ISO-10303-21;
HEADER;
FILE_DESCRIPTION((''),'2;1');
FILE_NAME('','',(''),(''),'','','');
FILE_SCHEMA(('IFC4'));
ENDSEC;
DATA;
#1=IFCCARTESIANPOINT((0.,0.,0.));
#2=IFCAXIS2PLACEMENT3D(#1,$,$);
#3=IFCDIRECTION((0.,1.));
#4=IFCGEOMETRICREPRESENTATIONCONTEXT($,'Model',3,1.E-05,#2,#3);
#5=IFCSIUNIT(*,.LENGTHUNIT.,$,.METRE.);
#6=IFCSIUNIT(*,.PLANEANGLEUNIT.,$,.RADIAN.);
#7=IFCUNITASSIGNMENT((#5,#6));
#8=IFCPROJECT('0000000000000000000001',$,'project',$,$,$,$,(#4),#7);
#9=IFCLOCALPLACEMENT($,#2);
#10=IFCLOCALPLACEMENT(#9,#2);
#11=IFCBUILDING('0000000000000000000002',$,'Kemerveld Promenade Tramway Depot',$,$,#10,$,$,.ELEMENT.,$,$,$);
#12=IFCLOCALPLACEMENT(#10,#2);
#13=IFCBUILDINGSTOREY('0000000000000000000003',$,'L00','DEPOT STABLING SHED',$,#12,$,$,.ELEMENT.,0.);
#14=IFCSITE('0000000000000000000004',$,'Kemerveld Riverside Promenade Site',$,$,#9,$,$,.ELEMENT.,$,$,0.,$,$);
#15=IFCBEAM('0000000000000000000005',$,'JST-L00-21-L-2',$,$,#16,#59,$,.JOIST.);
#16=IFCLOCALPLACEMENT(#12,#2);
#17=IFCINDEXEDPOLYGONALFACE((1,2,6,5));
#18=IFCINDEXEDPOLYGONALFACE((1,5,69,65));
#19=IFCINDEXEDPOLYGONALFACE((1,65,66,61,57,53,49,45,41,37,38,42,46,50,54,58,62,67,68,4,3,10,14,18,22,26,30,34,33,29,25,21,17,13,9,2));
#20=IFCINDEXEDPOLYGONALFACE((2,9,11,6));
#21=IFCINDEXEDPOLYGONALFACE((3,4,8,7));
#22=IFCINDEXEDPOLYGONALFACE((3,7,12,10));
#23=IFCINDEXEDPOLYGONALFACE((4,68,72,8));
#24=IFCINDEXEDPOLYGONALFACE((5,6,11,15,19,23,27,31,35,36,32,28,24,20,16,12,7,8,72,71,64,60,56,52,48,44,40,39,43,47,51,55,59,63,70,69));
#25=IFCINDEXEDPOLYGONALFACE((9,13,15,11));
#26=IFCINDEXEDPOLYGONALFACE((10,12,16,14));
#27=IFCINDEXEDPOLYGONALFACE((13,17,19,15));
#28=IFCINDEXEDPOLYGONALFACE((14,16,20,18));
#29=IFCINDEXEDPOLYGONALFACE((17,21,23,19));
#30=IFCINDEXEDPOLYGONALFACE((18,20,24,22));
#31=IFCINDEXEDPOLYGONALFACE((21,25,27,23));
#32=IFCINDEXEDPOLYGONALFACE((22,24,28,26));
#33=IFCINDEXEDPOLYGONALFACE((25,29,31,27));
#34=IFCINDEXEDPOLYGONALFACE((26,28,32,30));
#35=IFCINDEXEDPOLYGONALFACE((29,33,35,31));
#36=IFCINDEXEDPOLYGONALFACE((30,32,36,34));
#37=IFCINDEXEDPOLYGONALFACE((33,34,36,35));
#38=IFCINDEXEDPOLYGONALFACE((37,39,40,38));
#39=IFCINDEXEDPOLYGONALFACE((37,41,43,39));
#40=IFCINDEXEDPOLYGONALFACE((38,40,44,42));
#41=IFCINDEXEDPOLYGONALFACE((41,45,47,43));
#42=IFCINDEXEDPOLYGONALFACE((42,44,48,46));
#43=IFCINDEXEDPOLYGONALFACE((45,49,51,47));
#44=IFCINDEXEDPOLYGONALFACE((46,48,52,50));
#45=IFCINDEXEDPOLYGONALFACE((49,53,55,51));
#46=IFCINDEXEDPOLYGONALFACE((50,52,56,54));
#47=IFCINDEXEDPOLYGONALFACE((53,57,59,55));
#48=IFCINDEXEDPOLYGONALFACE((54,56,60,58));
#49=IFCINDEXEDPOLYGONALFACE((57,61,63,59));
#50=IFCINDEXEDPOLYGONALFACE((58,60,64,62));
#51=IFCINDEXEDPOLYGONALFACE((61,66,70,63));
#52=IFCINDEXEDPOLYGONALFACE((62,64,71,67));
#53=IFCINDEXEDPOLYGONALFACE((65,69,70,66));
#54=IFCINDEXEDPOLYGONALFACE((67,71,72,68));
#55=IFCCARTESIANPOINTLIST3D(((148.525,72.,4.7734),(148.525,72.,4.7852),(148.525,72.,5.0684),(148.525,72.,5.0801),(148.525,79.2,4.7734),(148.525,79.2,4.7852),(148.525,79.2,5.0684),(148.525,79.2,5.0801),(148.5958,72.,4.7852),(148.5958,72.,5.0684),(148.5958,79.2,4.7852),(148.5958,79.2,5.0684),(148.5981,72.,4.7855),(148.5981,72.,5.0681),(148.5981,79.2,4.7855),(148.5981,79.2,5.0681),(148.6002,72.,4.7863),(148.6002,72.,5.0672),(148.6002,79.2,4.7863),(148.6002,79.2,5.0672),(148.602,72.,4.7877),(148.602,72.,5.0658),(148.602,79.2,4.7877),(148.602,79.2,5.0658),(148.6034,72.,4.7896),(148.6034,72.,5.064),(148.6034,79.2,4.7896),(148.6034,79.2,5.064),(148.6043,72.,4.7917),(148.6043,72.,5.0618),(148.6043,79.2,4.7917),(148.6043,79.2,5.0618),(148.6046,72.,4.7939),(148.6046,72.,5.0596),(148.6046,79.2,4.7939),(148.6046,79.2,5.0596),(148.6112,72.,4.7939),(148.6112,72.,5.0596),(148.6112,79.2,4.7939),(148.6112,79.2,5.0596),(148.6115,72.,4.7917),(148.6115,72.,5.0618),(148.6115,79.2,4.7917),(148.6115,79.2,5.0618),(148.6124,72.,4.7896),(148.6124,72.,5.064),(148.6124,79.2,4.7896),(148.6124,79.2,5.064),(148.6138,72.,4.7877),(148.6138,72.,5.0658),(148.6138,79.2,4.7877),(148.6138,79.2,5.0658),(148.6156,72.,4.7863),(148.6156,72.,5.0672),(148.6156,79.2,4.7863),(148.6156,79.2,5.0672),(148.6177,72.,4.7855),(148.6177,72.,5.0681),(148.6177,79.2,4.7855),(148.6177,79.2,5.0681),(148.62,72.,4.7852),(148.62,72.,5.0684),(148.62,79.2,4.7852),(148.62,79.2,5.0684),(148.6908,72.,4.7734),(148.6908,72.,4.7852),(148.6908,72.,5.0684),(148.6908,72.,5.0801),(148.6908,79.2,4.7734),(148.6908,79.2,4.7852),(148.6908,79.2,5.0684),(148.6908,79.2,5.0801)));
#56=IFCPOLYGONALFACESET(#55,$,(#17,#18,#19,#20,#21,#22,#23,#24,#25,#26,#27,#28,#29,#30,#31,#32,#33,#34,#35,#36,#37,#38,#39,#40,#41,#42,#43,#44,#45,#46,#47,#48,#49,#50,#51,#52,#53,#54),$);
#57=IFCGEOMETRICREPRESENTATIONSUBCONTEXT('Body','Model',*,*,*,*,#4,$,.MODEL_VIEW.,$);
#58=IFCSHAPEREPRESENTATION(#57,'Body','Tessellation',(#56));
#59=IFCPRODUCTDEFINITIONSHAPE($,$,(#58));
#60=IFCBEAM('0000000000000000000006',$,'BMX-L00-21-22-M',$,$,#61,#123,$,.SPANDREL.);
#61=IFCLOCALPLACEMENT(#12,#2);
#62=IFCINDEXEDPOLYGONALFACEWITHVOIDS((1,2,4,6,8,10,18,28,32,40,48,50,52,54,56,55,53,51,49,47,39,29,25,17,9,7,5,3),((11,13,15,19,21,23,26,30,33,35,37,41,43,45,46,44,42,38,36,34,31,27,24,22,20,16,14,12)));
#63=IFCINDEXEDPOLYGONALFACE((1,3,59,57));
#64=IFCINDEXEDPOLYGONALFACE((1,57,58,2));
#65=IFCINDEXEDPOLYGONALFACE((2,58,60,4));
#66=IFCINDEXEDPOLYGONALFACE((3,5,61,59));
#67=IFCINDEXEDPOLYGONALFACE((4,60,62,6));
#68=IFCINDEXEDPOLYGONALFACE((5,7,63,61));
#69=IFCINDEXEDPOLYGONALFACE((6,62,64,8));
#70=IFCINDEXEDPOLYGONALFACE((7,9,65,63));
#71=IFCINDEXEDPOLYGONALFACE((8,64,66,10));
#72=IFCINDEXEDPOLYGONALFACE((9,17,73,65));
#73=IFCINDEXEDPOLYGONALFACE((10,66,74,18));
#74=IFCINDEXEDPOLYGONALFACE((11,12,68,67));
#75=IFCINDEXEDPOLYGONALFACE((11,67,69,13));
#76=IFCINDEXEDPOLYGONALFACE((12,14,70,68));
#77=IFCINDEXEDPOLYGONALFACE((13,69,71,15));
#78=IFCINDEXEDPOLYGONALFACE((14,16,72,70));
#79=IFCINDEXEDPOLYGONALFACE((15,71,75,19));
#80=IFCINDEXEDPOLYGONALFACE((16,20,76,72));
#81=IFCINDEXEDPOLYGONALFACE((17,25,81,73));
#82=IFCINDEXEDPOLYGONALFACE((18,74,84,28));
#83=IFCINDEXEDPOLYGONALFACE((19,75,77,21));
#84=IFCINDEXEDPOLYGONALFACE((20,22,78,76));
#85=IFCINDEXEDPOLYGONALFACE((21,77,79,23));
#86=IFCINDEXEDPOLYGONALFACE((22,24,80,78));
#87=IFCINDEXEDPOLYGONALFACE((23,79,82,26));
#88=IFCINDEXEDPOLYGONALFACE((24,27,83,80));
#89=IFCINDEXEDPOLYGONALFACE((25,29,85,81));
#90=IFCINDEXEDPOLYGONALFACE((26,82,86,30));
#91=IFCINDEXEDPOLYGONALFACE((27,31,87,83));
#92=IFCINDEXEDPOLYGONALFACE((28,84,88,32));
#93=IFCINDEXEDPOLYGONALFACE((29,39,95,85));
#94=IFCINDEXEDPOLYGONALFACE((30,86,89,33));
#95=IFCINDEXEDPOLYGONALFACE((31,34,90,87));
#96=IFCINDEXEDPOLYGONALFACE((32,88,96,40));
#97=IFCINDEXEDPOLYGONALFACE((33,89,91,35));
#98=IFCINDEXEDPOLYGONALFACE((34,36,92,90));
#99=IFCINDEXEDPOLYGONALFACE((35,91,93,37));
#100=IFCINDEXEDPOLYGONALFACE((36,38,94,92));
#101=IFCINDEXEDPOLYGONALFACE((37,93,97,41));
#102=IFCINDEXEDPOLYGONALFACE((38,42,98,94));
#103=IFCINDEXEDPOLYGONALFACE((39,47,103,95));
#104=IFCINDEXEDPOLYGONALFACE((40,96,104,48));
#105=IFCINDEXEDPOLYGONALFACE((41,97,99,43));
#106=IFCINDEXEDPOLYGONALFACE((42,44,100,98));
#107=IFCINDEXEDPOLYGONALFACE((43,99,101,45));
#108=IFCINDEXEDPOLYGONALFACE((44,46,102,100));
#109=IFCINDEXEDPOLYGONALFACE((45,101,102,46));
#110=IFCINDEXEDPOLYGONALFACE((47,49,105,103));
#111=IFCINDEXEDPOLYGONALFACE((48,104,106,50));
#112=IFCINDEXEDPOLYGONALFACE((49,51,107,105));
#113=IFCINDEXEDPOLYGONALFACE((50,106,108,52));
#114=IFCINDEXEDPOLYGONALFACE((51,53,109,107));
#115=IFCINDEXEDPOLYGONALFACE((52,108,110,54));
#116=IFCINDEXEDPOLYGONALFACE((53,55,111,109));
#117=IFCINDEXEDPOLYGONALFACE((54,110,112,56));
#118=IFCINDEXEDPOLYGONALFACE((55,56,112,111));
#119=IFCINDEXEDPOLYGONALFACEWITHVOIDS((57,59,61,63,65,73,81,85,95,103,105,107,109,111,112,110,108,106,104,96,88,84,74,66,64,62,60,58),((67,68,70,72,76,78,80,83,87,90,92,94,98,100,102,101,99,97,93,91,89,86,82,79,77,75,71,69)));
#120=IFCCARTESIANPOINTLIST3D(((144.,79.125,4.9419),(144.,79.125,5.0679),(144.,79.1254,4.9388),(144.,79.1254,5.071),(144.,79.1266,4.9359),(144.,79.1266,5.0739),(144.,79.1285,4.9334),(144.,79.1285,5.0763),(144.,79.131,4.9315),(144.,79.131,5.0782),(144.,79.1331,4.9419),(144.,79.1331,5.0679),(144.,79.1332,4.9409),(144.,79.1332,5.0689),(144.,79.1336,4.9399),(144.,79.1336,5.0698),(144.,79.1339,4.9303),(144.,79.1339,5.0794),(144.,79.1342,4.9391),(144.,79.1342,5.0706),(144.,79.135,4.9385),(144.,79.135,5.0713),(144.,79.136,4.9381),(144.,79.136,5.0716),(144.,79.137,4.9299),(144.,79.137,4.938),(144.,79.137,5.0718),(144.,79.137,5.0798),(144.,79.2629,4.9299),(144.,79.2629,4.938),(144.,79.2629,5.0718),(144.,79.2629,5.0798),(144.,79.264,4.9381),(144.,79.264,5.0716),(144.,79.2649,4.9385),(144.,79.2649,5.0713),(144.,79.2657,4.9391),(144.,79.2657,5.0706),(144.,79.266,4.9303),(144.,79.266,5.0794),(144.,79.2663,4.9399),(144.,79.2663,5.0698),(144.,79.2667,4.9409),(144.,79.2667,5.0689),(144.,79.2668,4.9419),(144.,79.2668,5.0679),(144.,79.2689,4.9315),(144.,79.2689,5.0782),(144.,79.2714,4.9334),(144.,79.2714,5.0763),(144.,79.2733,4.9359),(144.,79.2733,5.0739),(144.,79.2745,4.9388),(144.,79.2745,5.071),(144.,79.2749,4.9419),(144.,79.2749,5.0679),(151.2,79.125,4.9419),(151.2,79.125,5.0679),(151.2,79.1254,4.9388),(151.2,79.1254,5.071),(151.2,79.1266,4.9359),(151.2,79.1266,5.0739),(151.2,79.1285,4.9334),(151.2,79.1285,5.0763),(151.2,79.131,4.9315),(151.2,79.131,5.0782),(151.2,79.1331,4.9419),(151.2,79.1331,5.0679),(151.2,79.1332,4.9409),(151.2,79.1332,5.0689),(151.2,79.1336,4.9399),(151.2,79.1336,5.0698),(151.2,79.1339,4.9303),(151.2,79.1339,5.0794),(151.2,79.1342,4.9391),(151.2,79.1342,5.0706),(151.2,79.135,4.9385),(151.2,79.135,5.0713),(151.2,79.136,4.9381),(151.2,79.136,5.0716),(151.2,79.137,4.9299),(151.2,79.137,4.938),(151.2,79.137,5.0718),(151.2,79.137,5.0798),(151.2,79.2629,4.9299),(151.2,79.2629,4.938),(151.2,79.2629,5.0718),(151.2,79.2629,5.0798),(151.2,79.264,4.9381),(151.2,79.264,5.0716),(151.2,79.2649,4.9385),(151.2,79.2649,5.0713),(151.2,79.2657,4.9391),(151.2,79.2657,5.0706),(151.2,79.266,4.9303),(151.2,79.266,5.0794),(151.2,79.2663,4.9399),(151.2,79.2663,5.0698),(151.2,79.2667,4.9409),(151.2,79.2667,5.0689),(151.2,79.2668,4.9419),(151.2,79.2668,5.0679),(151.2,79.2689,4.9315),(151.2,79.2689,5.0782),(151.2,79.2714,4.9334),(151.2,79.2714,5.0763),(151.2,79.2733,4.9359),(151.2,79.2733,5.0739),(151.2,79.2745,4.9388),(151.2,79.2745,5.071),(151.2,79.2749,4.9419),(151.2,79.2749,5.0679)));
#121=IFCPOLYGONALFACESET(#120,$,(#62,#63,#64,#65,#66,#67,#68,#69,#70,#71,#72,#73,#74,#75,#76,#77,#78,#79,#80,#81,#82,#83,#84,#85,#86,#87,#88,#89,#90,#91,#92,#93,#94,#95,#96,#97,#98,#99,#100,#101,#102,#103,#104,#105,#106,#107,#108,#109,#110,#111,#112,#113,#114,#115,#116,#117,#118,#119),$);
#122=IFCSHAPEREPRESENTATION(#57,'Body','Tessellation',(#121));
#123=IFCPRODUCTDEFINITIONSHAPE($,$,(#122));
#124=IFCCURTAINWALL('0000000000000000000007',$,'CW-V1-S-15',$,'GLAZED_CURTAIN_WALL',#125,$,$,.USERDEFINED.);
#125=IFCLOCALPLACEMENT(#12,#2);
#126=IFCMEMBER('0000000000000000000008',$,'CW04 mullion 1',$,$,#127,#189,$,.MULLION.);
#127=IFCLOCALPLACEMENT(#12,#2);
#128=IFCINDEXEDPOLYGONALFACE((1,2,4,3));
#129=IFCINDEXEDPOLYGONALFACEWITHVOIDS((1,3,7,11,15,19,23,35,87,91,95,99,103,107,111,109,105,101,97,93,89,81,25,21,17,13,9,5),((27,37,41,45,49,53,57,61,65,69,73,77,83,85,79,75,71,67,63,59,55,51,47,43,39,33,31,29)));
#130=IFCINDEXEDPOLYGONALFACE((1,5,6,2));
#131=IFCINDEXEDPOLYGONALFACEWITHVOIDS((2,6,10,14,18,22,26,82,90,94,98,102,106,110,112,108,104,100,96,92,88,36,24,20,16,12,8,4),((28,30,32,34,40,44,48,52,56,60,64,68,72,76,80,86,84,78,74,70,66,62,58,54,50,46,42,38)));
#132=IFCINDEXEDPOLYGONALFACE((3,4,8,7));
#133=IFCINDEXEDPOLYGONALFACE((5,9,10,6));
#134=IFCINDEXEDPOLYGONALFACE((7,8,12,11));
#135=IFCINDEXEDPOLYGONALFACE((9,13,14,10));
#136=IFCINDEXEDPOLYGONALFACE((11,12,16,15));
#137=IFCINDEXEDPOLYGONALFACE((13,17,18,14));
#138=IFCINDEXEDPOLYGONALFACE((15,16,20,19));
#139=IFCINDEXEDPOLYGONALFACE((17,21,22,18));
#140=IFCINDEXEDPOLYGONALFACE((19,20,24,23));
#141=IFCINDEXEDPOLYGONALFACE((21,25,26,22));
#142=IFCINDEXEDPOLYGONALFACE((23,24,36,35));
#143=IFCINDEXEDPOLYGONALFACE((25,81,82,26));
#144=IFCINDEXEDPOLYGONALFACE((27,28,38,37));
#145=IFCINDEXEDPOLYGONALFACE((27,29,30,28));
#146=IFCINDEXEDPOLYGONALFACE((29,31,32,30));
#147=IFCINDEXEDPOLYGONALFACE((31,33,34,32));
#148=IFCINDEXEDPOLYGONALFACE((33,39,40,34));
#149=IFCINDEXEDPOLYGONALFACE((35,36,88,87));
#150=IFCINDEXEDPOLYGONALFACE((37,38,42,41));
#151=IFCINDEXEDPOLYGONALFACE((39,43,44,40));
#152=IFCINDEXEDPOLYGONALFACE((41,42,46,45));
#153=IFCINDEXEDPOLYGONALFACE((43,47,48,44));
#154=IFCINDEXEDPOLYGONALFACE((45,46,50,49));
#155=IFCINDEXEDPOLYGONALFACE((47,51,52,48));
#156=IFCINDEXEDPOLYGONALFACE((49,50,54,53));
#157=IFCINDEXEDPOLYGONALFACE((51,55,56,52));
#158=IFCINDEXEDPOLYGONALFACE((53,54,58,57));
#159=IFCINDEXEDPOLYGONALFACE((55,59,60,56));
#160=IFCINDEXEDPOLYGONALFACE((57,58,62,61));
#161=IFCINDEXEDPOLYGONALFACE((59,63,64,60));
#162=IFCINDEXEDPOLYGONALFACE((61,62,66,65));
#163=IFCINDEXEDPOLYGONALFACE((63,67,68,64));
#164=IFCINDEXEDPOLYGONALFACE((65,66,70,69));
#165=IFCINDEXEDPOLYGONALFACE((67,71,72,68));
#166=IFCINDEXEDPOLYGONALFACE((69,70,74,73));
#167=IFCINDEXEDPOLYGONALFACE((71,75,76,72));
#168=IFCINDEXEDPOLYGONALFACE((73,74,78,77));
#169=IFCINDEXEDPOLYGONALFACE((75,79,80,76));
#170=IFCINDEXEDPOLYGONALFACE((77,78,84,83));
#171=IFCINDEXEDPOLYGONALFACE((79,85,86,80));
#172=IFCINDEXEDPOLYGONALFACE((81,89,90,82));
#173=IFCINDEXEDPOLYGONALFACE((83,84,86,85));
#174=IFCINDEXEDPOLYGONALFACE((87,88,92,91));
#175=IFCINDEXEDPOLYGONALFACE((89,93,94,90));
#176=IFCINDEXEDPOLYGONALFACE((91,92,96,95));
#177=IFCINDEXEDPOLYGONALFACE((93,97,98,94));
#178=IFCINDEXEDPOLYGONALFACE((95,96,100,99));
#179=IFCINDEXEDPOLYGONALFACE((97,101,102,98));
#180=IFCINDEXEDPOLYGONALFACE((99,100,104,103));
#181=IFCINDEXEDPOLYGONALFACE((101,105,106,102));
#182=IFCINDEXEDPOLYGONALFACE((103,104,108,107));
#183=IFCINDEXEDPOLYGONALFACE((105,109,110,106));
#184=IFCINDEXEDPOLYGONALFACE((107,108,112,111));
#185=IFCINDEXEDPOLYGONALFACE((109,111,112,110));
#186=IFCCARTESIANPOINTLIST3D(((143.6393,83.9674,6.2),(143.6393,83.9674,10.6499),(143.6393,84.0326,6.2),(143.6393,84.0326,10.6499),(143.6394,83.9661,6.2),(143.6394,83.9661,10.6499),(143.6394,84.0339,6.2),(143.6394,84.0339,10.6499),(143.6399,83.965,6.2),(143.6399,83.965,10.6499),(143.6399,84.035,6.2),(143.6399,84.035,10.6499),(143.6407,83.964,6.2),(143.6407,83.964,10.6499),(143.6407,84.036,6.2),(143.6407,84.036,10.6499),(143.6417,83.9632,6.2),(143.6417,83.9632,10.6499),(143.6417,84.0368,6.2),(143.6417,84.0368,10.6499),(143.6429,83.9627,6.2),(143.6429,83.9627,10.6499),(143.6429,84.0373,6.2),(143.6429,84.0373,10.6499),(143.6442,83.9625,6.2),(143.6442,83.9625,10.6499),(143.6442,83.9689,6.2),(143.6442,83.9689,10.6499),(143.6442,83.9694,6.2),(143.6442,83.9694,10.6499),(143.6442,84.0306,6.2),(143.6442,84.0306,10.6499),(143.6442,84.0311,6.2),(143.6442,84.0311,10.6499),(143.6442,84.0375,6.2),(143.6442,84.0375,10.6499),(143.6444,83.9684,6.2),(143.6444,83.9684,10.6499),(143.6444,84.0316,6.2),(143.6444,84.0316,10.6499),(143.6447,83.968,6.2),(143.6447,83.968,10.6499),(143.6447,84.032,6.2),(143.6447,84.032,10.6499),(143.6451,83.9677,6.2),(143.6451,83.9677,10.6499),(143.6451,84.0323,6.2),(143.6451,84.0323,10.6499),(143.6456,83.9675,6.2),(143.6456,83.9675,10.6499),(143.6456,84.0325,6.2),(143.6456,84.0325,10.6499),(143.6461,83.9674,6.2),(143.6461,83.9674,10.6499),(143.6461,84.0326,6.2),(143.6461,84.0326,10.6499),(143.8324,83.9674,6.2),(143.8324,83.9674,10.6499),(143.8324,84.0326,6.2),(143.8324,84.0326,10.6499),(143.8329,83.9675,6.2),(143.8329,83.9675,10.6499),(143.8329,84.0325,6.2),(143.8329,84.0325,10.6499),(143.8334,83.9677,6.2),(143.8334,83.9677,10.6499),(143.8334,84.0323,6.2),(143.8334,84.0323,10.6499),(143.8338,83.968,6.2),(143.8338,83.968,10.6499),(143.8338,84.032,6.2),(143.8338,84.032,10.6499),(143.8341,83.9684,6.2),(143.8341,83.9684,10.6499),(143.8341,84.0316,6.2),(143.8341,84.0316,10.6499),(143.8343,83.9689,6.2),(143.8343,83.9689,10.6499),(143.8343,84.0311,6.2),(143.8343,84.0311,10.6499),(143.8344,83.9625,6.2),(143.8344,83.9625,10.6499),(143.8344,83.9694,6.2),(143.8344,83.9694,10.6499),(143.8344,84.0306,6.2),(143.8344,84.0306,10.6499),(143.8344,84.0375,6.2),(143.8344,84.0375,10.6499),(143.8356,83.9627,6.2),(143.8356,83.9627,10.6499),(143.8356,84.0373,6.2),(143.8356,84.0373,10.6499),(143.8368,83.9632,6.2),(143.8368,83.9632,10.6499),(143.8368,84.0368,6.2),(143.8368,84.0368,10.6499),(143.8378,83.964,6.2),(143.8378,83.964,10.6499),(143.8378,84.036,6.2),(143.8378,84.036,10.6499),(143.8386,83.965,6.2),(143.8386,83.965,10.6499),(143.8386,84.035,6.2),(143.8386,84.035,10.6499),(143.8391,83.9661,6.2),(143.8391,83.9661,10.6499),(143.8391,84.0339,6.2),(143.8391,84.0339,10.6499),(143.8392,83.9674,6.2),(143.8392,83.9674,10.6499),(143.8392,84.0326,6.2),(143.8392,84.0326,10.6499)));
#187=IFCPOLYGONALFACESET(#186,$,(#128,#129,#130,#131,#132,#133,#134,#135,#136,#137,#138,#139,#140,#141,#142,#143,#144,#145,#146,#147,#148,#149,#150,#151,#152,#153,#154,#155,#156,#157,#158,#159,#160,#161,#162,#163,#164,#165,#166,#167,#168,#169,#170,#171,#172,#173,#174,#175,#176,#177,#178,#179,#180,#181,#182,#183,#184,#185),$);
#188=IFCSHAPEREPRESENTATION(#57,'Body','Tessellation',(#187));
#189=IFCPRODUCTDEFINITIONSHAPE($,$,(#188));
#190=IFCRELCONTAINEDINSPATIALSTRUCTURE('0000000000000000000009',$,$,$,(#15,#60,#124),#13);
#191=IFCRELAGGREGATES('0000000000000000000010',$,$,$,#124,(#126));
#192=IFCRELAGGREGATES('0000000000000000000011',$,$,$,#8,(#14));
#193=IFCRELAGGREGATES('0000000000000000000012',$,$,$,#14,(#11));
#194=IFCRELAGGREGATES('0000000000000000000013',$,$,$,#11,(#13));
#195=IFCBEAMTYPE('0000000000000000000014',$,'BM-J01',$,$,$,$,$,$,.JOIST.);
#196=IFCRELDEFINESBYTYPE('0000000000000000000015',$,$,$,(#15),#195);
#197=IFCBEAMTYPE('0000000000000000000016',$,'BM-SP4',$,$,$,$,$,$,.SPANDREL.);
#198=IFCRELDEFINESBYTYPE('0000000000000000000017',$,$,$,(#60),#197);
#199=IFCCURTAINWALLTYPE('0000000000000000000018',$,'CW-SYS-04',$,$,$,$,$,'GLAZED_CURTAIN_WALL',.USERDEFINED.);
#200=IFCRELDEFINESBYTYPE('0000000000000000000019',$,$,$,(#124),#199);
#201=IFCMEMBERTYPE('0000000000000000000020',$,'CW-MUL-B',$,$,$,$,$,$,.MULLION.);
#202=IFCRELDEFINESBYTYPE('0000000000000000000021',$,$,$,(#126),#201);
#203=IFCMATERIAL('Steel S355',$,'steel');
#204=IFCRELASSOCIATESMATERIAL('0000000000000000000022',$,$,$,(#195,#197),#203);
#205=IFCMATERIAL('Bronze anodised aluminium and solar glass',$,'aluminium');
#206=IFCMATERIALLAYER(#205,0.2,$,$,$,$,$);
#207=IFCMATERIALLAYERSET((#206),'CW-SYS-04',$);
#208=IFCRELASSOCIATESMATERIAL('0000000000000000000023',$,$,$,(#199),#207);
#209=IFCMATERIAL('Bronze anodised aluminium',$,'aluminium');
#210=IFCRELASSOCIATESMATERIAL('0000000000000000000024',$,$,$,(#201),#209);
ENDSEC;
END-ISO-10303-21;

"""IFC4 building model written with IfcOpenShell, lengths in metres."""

from ifc_helpers import new_model, si_unit, direction, frame, origin, origin_2d, place, context, subcontext, project, spatial, hollow_rectangle, i_section, extrude, material, layer, layer_set, material_profile, profile_set, type_object, element, aggregate, save


model = new_model("IFC4")

# Units and contexts
model_context = context("Model", 3, precision=1e-05, world=origin(), true_north=direction((0.0, 1.0)))
body_context = subcontext(model_context, "Body", "Model", "MODEL_VIEW")
ifc_project = project(units=[si_unit("LENGTHUNIT", "METRE"), si_unit("PLANEANGLEUNIT", "RADIAN")], contexts=[model_context])

# Site, building, storey
site_placement = place(None, origin())
site = spatial("IfcSite", under=ifc_project, at=site_placement, Name="Kemerveld Riverside Promenade Site", CompositionType="ELEMENT", RefElevation=0.0)
building_placement = place(site_placement, origin())
building = spatial("IfcBuilding", under=site, at=building_placement, Name="Kemerveld Promenade Tramway Depot", CompositionType="ELEMENT")
storey_placement = place(building_placement, origin())
storey = spatial("IfcBuildingStorey", under=building, at=storey_placement, Name="L00", Description="DEPOT STABLING SHED", CompositionType="ELEMENT", Elevation=0.0)

# Shared definitions
ifc_material_1 = material(Name="Steel S355", Category="steel")

# Beams
ifc_material_profile_1 = material_profile(ifc_material_1, i_section(OverallWidth=0.1658, OverallDepth=0.3066, WebThickness=0.0066, FlangeThickness=0.0117, FilletRadius=0.0088, at=origin_2d()), Name="305x165x46 UB")
ifc_profile_set_1 = profile_set([ifc_material_profile_1], Name="Steel S355")
beam_type_1 = type_object("IfcBeamType", Name="BM-J01", PredefinedType="JOIST", material=ifc_profile_set_1)
for number, where, z_axis, x_axis, name in (
    (1, (148.6079, 72.0, 4.9268), (0.0, 1.0, 0.0), (-1.0, 0.0, 0.0), "JST-L00-21-L-2"),
):
    element("IfcBeam", number, at=place(storey_placement, frame(where, z_axis=z_axis, x_axis=x_axis)), inside=storey, type_object=beam_type_1, Name=name, PredefinedType="JOIST", context=body_context, shape_type="SweptSolid", body=[
        extrude(i_section(OverallWidth=0.1658, OverallDepth=0.3066, WebThickness=0.0066, FlangeThickness=0.0117, FilletRadius=0.0088, at=origin_2d()), origin(), (0.0, 0.0, 1.0), 7.2),
    ])
ifc_material_profile_2 = material_profile(ifc_material_1, hollow_rectangle(XDim=0.1499, YDim=0.1499, WallThickness=0.0081, InnerFilletRadius=0.0039, OuterFilletRadius=0.012, at=origin_2d()), Name="150x150x8.0 SHS")
ifc_profile_set_2 = profile_set([ifc_material_profile_2], Name="Steel S355")
beam_type_2 = type_object("IfcBeamType", Name="BM-SP4", PredefinedType="SPANDREL", material=ifc_profile_set_2)
beam_1_placement = place(storey_placement, frame((144.0, 79.2, 5.0049), z_axis=(1.0, 0.0, 0.0), x_axis=(0.0, 1.0, 0.0)))
element("IfcBeam", 2, at=beam_1_placement, inside=storey, type_object=beam_type_2, Name="BMX-L00-21-22-M", PredefinedType="SPANDREL", context=body_context, shape_type="SweptSolid", body=[
    extrude(hollow_rectangle(XDim=0.1499, YDim=0.1499, WallThickness=0.0081, InnerFilletRadius=0.0039, OuterFilletRadius=0.012, at=origin_2d()), origin(), (0.0, 0.0, 1.0), 7.2),
])

# Curtain wall, member
ifc_material_2 = material(Name="Bronze anodised aluminium and solar glass", Category="aluminium")
ifc_layer_1 = layer(ifc_material_2, 0.2)
ifc_layer_set_1 = layer_set([ifc_layer_1], Name="CW-SYS-04")
curtain_wall_type = type_object("IfcCurtainWallType", Name="CW-SYS-04", ElementType="GLAZED_CURTAIN_WALL", PredefinedType="USERDEFINED", material=ifc_layer_set_1)
curtain_wall_placement = place(storey_placement, origin())
curtain_wall = element("IfcCurtainWall", 3, at=curtain_wall_placement, inside=storey, type_object=curtain_wall_type, Name="CW-V1-S-15", ObjectType="GLAZED_CURTAIN_WALL", PredefinedType="USERDEFINED")
ifc_material_3 = material(Name="Bronze anodised aluminium", Category="aluminium")
ifc_material_profile_3 = material_profile(ifc_material_3, hollow_rectangle(XDim=0.075, YDim=0.2, WallThickness=0.0049, InnerFilletRadius=0.002, OuterFilletRadius=0.0049, at=origin_2d()), Name="CW-MUL-200x75")
ifc_profile_set_3 = profile_set([ifc_material_profile_3], Name="Bronze anodised aluminium")
member_type_1 = type_object("IfcMemberType", Name="CW-MUL-B", PredefinedType="MULLION", material=ifc_profile_set_3)
member_1_placement = place(storey_placement, frame((143.7393, 84.0, 6.2), z_axis=(0.0, 0.0, 1.0), x_axis=(0.0, -1.0, 0.0)))
member_1 = element("IfcMember", 4, at=member_1_placement, type_object=member_type_1, Name="CW04 mullion 1", PredefinedType="MULLION", context=body_context, shape_type="SweptSolid", body=[
    extrude(hollow_rectangle(XDim=0.075, YDim=0.2, WallThickness=0.0049, InnerFilletRadius=0.002, OuterFilletRadius=0.0049, at=origin_2d()), origin(), (0.0, 0.0, 1.0), 4.45),
])
aggregate(curtain_wall, [member_1])

save(model, "model.ifc")
